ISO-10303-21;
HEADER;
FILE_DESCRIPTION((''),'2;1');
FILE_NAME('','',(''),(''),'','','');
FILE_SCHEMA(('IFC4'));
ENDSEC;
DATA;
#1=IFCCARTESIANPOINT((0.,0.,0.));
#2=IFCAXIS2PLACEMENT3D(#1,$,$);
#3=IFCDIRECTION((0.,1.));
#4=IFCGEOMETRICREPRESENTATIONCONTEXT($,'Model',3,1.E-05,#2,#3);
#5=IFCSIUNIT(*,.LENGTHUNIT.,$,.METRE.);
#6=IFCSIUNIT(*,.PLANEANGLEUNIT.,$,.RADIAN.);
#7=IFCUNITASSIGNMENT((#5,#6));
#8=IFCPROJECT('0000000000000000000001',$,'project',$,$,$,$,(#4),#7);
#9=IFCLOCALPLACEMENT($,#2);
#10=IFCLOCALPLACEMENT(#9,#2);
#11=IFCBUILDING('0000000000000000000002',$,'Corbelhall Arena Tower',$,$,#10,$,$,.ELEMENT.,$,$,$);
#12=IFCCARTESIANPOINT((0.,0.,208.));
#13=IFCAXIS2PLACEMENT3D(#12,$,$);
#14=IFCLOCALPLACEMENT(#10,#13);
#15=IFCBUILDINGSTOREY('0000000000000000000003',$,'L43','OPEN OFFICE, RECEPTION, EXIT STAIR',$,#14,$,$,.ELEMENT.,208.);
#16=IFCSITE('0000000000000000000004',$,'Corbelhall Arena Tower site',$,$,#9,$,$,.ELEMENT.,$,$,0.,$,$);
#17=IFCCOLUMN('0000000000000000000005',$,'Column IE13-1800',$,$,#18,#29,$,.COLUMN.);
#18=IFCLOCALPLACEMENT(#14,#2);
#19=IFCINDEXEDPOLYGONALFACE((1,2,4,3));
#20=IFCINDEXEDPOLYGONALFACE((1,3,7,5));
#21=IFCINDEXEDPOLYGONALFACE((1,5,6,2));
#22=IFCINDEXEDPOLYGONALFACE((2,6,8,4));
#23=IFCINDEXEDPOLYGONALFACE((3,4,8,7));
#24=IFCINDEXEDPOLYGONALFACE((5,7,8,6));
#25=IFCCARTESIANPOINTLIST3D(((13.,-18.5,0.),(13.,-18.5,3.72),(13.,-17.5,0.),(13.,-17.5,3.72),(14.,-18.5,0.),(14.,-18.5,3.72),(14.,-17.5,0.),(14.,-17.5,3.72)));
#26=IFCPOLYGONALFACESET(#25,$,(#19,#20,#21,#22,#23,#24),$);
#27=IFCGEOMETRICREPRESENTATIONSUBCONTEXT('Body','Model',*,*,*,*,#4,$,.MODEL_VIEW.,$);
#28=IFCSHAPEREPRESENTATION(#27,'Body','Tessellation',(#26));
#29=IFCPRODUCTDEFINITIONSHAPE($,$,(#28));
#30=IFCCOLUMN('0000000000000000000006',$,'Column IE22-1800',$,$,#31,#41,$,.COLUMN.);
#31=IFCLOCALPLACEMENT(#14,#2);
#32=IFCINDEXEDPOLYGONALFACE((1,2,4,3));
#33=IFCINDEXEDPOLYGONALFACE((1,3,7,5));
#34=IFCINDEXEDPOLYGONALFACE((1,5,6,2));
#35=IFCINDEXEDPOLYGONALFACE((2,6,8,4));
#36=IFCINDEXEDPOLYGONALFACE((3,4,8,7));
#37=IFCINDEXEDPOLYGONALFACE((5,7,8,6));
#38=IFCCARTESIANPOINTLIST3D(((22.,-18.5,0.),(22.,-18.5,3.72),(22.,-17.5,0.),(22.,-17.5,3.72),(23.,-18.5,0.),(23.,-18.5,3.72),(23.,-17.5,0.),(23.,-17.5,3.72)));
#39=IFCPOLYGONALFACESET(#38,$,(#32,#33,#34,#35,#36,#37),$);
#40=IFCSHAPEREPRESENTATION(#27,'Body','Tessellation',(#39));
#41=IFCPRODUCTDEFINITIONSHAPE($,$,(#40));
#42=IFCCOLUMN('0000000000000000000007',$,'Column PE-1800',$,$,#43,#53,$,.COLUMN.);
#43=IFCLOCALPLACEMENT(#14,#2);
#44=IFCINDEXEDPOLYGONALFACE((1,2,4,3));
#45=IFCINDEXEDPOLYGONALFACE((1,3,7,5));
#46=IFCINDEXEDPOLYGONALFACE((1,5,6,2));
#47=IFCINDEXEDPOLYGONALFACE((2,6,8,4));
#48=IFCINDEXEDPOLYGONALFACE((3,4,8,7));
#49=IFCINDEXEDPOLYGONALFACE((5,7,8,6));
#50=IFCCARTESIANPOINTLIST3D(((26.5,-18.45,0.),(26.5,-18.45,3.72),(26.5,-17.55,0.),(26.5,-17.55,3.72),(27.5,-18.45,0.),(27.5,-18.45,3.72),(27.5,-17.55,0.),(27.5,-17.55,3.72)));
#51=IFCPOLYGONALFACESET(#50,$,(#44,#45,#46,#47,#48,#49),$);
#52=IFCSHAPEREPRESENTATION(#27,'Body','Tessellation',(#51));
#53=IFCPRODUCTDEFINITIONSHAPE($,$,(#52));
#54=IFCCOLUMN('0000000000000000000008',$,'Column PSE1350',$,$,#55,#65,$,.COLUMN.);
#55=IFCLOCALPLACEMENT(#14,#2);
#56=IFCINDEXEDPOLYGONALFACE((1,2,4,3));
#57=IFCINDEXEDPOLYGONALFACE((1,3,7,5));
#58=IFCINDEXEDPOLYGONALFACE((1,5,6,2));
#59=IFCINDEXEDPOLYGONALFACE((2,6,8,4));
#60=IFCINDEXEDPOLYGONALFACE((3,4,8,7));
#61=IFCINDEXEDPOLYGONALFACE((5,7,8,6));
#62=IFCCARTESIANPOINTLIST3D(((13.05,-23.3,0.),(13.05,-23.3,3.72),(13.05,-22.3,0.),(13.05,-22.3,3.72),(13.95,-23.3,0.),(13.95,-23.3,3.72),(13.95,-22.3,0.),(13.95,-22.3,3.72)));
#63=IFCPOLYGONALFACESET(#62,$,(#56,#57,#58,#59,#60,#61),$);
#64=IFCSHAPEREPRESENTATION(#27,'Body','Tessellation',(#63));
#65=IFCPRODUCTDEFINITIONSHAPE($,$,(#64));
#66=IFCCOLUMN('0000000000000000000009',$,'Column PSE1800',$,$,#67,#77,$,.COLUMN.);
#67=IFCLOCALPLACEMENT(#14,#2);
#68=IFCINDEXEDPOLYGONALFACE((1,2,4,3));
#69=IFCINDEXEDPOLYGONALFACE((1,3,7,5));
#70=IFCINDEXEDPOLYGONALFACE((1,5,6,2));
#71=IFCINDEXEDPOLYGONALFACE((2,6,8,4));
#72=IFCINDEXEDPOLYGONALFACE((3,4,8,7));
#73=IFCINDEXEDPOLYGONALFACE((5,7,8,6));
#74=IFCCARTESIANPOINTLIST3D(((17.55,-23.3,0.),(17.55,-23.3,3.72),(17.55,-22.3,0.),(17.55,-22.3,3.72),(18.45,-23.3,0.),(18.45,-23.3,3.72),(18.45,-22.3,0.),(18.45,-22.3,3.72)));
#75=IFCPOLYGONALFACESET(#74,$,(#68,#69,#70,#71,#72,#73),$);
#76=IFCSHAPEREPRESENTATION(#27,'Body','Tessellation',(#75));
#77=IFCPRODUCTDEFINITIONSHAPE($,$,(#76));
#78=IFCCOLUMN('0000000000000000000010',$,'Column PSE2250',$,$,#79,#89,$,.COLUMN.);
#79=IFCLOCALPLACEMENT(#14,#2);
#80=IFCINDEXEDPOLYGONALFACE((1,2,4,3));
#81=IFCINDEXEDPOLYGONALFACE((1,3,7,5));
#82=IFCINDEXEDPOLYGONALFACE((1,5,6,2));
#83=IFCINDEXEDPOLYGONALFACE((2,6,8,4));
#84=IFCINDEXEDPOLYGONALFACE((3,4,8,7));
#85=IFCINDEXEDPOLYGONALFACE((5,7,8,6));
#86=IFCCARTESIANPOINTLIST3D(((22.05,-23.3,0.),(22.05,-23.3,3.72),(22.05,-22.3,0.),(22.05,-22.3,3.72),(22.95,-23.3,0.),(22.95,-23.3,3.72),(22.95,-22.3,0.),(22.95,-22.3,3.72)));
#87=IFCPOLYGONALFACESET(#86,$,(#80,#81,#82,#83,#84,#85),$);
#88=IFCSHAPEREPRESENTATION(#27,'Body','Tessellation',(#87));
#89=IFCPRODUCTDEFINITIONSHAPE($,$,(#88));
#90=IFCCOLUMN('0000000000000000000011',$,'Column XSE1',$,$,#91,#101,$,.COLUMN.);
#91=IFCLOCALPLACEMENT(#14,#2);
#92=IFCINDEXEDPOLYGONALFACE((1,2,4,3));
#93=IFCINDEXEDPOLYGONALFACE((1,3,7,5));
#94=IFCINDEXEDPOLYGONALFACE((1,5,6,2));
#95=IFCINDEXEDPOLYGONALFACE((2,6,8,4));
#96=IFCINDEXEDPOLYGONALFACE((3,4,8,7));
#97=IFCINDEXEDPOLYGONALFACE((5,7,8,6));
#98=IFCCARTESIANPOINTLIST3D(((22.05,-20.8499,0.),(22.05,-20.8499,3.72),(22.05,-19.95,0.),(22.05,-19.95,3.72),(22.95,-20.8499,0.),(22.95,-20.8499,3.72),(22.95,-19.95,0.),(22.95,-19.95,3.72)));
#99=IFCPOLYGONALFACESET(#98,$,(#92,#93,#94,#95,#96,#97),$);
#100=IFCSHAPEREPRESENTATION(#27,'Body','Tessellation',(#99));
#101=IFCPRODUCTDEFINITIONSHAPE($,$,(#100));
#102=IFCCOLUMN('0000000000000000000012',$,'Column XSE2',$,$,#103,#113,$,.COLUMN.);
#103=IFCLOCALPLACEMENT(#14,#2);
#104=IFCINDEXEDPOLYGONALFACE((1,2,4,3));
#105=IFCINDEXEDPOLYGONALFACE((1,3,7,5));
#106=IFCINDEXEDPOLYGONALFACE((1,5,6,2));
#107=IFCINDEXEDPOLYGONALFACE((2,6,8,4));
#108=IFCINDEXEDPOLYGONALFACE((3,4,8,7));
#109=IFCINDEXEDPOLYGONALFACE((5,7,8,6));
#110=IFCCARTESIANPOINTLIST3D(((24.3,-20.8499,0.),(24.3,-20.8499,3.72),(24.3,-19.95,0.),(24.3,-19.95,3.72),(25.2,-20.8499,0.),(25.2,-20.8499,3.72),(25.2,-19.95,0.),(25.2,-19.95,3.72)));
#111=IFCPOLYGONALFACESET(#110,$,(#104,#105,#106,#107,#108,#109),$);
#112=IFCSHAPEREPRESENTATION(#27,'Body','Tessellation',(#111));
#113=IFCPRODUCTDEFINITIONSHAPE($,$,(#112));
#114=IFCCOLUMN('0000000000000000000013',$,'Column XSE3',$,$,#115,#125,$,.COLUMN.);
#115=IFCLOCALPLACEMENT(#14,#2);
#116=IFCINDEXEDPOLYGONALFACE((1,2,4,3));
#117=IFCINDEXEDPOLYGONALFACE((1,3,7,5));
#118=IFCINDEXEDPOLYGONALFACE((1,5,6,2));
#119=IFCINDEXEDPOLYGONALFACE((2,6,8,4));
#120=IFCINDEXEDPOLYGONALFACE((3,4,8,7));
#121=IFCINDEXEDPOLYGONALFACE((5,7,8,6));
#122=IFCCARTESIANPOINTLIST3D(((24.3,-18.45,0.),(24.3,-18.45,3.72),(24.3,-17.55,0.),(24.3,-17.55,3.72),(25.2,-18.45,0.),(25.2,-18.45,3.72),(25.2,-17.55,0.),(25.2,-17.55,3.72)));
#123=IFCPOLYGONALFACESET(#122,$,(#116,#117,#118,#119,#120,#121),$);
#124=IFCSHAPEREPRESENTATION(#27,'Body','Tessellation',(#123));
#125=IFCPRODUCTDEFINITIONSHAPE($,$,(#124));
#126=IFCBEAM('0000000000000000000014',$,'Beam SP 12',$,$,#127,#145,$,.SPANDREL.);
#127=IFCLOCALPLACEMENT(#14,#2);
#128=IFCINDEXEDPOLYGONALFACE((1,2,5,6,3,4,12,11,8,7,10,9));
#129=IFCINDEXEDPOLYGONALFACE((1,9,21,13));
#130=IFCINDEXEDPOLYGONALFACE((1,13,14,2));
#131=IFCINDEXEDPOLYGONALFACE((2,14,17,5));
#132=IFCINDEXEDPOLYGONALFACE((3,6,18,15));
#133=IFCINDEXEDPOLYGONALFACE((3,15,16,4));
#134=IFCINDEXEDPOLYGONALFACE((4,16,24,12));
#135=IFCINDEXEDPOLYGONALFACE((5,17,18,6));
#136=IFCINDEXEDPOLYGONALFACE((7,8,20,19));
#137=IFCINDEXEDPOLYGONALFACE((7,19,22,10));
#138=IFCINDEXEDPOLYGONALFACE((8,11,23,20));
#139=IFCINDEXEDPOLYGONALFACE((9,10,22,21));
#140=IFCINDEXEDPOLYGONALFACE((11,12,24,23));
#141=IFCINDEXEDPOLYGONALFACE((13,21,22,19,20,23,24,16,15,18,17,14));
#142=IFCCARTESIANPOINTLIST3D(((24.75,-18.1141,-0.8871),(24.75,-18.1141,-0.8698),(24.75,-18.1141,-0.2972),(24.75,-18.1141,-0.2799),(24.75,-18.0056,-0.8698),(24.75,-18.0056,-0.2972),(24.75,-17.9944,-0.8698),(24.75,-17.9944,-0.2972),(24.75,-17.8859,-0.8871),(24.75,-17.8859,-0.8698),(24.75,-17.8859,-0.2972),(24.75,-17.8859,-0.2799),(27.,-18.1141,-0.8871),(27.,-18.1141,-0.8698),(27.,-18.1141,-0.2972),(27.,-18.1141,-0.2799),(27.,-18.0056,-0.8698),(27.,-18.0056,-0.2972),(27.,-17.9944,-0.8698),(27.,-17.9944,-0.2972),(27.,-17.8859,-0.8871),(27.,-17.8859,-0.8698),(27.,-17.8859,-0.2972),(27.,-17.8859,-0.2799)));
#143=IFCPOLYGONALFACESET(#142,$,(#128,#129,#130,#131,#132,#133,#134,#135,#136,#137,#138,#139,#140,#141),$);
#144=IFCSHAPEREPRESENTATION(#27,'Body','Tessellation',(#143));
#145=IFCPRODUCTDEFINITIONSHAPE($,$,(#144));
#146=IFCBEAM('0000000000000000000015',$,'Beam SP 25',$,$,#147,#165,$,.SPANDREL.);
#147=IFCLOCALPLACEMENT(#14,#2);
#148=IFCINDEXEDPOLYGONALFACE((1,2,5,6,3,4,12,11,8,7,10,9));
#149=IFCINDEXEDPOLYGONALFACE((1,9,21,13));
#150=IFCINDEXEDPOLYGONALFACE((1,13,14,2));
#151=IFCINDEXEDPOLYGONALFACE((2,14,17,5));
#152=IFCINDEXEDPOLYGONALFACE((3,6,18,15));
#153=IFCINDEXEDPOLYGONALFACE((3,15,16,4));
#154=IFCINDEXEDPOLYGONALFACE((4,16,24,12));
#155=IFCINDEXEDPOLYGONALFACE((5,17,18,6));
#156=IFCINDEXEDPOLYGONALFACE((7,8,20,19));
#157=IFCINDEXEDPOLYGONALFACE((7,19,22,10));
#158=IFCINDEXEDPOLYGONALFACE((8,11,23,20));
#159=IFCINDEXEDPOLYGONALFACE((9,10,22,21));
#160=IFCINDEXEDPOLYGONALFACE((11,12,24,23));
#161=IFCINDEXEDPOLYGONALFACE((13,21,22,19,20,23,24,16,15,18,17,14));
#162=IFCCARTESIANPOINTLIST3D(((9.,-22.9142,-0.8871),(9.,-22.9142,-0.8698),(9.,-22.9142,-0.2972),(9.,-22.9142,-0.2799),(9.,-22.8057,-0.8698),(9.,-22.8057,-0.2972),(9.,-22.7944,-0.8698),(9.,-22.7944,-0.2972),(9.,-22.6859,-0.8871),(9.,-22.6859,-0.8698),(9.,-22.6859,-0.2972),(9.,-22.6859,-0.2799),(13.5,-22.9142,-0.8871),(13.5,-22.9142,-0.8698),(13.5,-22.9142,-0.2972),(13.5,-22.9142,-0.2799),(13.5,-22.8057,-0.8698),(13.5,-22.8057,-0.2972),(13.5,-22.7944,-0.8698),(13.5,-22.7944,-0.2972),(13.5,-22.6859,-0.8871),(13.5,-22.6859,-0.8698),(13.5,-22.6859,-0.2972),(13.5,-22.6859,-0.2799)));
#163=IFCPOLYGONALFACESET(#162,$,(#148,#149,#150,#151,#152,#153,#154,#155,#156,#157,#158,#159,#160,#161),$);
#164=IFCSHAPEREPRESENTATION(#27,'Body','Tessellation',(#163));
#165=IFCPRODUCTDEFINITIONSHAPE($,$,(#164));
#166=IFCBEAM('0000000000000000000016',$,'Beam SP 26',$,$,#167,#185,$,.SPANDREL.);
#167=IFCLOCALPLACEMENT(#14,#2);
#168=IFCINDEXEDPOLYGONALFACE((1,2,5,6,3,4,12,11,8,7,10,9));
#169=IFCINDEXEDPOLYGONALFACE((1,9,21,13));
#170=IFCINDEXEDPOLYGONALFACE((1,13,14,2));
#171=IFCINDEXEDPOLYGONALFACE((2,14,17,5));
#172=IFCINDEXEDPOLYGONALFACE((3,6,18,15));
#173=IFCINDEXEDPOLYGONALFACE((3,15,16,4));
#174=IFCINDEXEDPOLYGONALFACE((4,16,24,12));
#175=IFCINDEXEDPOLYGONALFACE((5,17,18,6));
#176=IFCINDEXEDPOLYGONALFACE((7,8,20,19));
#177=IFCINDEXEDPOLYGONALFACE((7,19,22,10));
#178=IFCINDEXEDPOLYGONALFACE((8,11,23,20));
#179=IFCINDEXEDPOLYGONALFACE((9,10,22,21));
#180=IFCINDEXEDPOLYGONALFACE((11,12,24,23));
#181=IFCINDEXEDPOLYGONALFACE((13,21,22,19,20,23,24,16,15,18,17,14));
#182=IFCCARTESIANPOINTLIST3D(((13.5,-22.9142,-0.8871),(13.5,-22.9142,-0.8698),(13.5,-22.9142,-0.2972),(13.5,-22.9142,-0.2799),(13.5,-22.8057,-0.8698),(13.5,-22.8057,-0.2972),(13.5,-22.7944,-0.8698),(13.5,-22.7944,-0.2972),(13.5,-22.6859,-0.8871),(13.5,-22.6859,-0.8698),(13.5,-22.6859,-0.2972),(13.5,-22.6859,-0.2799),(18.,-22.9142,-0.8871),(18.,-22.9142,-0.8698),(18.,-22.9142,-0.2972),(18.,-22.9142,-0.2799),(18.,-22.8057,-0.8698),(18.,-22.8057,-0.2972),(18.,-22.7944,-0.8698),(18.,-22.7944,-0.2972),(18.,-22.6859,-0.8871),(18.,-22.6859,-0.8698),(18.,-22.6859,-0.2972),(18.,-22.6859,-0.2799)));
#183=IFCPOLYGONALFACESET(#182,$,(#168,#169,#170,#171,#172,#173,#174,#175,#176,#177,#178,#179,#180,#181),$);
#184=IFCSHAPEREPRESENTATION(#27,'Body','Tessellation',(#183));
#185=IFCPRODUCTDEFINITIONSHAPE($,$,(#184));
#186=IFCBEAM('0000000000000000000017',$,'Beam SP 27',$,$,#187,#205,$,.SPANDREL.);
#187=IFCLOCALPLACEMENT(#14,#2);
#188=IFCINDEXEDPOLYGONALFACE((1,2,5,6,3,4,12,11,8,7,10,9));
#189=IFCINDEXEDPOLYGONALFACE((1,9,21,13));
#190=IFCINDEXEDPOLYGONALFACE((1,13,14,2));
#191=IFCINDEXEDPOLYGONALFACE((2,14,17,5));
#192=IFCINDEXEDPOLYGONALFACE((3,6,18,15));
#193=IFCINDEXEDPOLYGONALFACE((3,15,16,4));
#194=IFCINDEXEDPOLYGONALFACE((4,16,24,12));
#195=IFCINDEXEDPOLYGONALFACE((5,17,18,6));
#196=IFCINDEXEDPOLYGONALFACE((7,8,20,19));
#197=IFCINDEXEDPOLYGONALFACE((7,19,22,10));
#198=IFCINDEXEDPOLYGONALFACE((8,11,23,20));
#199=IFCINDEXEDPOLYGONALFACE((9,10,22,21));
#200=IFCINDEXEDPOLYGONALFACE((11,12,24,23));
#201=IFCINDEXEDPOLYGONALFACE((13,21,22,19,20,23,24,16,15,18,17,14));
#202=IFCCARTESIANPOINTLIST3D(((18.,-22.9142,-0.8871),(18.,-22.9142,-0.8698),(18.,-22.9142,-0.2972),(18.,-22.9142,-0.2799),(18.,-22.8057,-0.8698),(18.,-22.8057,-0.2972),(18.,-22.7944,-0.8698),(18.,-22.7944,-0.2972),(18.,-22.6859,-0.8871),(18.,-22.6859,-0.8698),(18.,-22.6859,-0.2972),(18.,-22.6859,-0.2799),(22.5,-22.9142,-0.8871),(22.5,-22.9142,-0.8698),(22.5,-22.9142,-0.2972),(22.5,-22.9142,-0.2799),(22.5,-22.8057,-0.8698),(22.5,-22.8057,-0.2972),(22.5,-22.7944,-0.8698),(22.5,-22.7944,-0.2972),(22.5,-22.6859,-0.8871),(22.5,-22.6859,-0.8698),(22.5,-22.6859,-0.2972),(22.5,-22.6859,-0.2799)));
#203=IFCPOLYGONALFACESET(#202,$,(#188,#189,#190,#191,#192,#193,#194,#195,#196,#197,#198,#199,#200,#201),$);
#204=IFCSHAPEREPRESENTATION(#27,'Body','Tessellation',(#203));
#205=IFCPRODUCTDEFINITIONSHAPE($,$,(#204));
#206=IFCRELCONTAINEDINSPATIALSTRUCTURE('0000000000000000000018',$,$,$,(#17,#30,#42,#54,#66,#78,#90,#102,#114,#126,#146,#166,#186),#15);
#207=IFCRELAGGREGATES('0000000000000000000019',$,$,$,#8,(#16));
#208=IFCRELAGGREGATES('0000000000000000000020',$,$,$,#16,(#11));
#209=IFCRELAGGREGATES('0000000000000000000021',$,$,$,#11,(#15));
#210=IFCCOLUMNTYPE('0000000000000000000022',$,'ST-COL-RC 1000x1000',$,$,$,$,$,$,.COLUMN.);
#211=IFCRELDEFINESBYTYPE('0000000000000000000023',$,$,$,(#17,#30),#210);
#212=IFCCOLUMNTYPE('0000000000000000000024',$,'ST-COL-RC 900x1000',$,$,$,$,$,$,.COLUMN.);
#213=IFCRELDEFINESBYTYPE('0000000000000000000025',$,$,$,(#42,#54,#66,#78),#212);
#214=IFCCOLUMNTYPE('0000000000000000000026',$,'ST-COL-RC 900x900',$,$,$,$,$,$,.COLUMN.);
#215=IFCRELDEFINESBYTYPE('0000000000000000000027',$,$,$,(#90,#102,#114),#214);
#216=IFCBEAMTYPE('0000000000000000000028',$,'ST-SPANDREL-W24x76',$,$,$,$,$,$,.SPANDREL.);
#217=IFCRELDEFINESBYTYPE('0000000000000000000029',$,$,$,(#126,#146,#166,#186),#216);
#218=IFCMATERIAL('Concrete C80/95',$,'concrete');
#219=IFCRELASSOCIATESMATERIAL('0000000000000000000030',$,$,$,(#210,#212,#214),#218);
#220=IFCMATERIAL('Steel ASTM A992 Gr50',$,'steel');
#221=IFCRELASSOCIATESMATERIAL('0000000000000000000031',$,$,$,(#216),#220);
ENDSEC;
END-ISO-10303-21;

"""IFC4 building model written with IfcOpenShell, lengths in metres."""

from ifc_helpers import new_model, si_unit, direction, frame, origin, origin_2d, place, context, subcontext, project, spatial, rectangle, i_section, extrude, material, material_profile, profile_set, type_object, element, save


model = new_model("IFC4")

# Units and contexts
model_context = context("Model", 3, precision=1e-05, world=origin(), true_north=direction((0.0, 1.0)))
body_context = subcontext(model_context, "Body", "Model", "MODEL_VIEW")
ifc_project = project(units=[si_unit("LENGTHUNIT", "METRE"), si_unit("PLANEANGLEUNIT", "RADIAN")], contexts=[model_context])

# Site, building, storey
site_placement = place(None, origin())
site = spatial("IfcSite", under=ifc_project, at=site_placement, Name="Corbelhall Arena Tower site", CompositionType="ELEMENT", RefElevation=0.0)
building_placement = place(site_placement, origin())
building = spatial("IfcBuilding", under=site, at=building_placement, Name="Corbelhall Arena Tower", CompositionType="ELEMENT")
storey_placement = place(building_placement, frame((0.0, 0.0, 208.0)))
storey = spatial("IfcBuildingStorey", under=building, at=storey_placement, Name="L43", Description="OPEN OFFICE, RECEPTION, EXIT STAIR", CompositionType="ELEMENT", Elevation=208.0)

# Columns
ifc_material_1 = material(Name="Concrete C80/95", Category="concrete")
ifc_material_profile_1 = material_profile(ifc_material_1, rectangle(XDim=1.0, YDim=1.0, at=origin_2d()))
ifc_profile_set_1 = profile_set([ifc_material_profile_1], Name="Concrete C80/95")
column_type_1 = type_object("IfcColumnType", Name="ST-COL-RC 1000x1000", PredefinedType="COLUMN", material=ifc_profile_set_1)
for number, where, z_axis, x_axis, name in (
    (1, (13.5, -18.0, 0.0), (0.0, 0.0, 1.0), (1.0, 0.0, 0.0), "Column IE13-1800"),
    (2, (22.5, -18.0, 0.0), (0.0, 0.0, 1.0), (1.0, 0.0, 0.0), "Column IE22-1800"),
):
    element("IfcColumn", number, at=place(storey_placement, frame(where, z_axis=z_axis, x_axis=x_axis)), inside=storey, type_object=column_type_1, Name=name, PredefinedType="COLUMN", context=body_context, shape_type="SweptSolid", body=[
        extrude(rectangle(XDim=1.0, YDim=1.0, at=origin_2d()), origin(), (0.0, 0.0, 1.0), 3.72),
    ])
ifc_material_profile_2 = material_profile(ifc_material_1, rectangle(XDim=0.8999, YDim=1.0, at=origin_2d()))
ifc_profile_set_2 = profile_set([ifc_material_profile_2], Name="Concrete C80/95")
column_type_2 = type_object("IfcColumnType", Name="ST-COL-RC 900x1000", PredefinedType="COLUMN", material=ifc_profile_set_2)
for number, where, z_axis, x_axis, name in (
    (3, (27.0, -18.0, 0.0), (0.0, 0.0, 1.0), (0.0, 1.0, 0.0), "Column PE-1800"),
    (4, (13.5, -22.8, 0.0), (0.0, 0.0, 1.0), (1.0, 0.0, 0.0), "Column PSE1350"),
    (5, (18.0, -22.8, 0.0), (0.0, 0.0, 1.0), (1.0, 0.0, 0.0), "Column PSE1800"),
    (6, (22.5, -22.8, 0.0), (0.0, 0.0, 1.0), (1.0, 0.0, 0.0), "Column PSE2250"),
):
    element("IfcColumn", number, at=place(storey_placement, frame(where, z_axis=z_axis, x_axis=x_axis)), inside=storey, type_object=column_type_2, Name=name, PredefinedType="COLUMN", context=body_context, shape_type="SweptSolid", body=[
        extrude(rectangle(XDim=0.8999, YDim=1.0, at=origin_2d()), origin(), (0.0, 0.0, 1.0), 3.72),
    ])
ifc_material_profile_3 = material_profile(ifc_material_1, rectangle(XDim=0.8999, YDim=0.8999, at=origin_2d()))
ifc_profile_set_3 = profile_set([ifc_material_profile_3], Name="Concrete C80/95")
column_type_3 = type_object("IfcColumnType", Name="ST-COL-RC 900x900", PredefinedType="COLUMN", material=ifc_profile_set_3)
for number, where, z_axis, x_axis, name in (
    (7, (22.5, -20.3999, 0.0), (0.0, 0.0, 1.0), (1.0, 0.0, 0.0), "Column XSE1"),
    (8, (24.75, -20.3999, 0.0), (0.0, 0.0, 1.0), (1.0, 0.0, 0.0), "Column XSE2"),
    (9, (24.75, -18.0, 0.0), (0.0, 0.0, 1.0), (1.0, 0.0, 0.0), "Column XSE3"),
):
    element("IfcColumn", number, at=place(storey_placement, frame(where, z_axis=z_axis, x_axis=x_axis)), inside=storey, type_object=column_type_3, Name=name, PredefinedType="COLUMN", context=body_context, shape_type="SweptSolid", body=[
        extrude(rectangle(XDim=0.8999, YDim=0.8999, at=origin_2d()), origin(), (0.0, 0.0, 1.0), 3.72),
    ])

# Beams
ifc_material_2 = material(Name="Steel ASTM A992 Gr50", Category="steel")
ifc_material_profile_4 = material_profile(ifc_material_2, i_section(OverallWidth=0.2283, OverallDepth=0.6072, WebThickness=0.0112, FlangeThickness=0.0173, at=origin_2d()))
ifc_profile_set_4 = profile_set([ifc_material_profile_4], Name="Steel ASTM A992 Gr50")
beam_type = type_object("IfcBeamType", Name="ST-SPANDREL-W24x76", PredefinedType="SPANDREL", material=ifc_profile_set_4)
beam_1_placement = place(storey_placement, frame((27.0, -18.0, -0.5835), z_axis=(-1.0, 0.0, 0.0), x_axis=(0.0, -1.0, 0.0)))
element("IfcBeam", 10, at=beam_1_placement, inside=storey, type_object=beam_type, Name="Beam SP 12", PredefinedType="SPANDREL", context=body_context, shape_type="SweptSolid", body=[
    extrude(i_section(OverallWidth=0.2283, OverallDepth=0.6072, WebThickness=0.0112, FlangeThickness=0.0173, at=origin_2d()), origin(), (0.0, 0.0, 1.0), 2.25),
])
for number, where, z_axis, x_axis, name in (
    (11, (13.5, -22.8, -0.5835), (-1.0, 0.0, 0.0), (0.0, -1.0, 0.0), "Beam SP 25"),
    (12, (18.0, -22.8, -0.5835), (-1.0, 0.0, 0.0), (0.0, -1.0, 0.0), "Beam SP 26"),
    (13, (22.5, -22.8, -0.5835), (-1.0, 0.0, 0.0), (0.0, -1.0, 0.0), "Beam SP 27"),
):
    element("IfcBeam", number, at=place(storey_placement, frame(where, z_axis=z_axis, x_axis=x_axis)), inside=storey, type_object=beam_type, Name=name, PredefinedType="SPANDREL", context=body_context, shape_type="SweptSolid", body=[
        extrude(i_section(OverallWidth=0.2283, OverallDepth=0.6072, WebThickness=0.0112, FlangeThickness=0.0173, at=origin_2d()), origin(), (0.0, 0.0, 1.0), 4.5),
    ])

save(model, "model.ifc")
